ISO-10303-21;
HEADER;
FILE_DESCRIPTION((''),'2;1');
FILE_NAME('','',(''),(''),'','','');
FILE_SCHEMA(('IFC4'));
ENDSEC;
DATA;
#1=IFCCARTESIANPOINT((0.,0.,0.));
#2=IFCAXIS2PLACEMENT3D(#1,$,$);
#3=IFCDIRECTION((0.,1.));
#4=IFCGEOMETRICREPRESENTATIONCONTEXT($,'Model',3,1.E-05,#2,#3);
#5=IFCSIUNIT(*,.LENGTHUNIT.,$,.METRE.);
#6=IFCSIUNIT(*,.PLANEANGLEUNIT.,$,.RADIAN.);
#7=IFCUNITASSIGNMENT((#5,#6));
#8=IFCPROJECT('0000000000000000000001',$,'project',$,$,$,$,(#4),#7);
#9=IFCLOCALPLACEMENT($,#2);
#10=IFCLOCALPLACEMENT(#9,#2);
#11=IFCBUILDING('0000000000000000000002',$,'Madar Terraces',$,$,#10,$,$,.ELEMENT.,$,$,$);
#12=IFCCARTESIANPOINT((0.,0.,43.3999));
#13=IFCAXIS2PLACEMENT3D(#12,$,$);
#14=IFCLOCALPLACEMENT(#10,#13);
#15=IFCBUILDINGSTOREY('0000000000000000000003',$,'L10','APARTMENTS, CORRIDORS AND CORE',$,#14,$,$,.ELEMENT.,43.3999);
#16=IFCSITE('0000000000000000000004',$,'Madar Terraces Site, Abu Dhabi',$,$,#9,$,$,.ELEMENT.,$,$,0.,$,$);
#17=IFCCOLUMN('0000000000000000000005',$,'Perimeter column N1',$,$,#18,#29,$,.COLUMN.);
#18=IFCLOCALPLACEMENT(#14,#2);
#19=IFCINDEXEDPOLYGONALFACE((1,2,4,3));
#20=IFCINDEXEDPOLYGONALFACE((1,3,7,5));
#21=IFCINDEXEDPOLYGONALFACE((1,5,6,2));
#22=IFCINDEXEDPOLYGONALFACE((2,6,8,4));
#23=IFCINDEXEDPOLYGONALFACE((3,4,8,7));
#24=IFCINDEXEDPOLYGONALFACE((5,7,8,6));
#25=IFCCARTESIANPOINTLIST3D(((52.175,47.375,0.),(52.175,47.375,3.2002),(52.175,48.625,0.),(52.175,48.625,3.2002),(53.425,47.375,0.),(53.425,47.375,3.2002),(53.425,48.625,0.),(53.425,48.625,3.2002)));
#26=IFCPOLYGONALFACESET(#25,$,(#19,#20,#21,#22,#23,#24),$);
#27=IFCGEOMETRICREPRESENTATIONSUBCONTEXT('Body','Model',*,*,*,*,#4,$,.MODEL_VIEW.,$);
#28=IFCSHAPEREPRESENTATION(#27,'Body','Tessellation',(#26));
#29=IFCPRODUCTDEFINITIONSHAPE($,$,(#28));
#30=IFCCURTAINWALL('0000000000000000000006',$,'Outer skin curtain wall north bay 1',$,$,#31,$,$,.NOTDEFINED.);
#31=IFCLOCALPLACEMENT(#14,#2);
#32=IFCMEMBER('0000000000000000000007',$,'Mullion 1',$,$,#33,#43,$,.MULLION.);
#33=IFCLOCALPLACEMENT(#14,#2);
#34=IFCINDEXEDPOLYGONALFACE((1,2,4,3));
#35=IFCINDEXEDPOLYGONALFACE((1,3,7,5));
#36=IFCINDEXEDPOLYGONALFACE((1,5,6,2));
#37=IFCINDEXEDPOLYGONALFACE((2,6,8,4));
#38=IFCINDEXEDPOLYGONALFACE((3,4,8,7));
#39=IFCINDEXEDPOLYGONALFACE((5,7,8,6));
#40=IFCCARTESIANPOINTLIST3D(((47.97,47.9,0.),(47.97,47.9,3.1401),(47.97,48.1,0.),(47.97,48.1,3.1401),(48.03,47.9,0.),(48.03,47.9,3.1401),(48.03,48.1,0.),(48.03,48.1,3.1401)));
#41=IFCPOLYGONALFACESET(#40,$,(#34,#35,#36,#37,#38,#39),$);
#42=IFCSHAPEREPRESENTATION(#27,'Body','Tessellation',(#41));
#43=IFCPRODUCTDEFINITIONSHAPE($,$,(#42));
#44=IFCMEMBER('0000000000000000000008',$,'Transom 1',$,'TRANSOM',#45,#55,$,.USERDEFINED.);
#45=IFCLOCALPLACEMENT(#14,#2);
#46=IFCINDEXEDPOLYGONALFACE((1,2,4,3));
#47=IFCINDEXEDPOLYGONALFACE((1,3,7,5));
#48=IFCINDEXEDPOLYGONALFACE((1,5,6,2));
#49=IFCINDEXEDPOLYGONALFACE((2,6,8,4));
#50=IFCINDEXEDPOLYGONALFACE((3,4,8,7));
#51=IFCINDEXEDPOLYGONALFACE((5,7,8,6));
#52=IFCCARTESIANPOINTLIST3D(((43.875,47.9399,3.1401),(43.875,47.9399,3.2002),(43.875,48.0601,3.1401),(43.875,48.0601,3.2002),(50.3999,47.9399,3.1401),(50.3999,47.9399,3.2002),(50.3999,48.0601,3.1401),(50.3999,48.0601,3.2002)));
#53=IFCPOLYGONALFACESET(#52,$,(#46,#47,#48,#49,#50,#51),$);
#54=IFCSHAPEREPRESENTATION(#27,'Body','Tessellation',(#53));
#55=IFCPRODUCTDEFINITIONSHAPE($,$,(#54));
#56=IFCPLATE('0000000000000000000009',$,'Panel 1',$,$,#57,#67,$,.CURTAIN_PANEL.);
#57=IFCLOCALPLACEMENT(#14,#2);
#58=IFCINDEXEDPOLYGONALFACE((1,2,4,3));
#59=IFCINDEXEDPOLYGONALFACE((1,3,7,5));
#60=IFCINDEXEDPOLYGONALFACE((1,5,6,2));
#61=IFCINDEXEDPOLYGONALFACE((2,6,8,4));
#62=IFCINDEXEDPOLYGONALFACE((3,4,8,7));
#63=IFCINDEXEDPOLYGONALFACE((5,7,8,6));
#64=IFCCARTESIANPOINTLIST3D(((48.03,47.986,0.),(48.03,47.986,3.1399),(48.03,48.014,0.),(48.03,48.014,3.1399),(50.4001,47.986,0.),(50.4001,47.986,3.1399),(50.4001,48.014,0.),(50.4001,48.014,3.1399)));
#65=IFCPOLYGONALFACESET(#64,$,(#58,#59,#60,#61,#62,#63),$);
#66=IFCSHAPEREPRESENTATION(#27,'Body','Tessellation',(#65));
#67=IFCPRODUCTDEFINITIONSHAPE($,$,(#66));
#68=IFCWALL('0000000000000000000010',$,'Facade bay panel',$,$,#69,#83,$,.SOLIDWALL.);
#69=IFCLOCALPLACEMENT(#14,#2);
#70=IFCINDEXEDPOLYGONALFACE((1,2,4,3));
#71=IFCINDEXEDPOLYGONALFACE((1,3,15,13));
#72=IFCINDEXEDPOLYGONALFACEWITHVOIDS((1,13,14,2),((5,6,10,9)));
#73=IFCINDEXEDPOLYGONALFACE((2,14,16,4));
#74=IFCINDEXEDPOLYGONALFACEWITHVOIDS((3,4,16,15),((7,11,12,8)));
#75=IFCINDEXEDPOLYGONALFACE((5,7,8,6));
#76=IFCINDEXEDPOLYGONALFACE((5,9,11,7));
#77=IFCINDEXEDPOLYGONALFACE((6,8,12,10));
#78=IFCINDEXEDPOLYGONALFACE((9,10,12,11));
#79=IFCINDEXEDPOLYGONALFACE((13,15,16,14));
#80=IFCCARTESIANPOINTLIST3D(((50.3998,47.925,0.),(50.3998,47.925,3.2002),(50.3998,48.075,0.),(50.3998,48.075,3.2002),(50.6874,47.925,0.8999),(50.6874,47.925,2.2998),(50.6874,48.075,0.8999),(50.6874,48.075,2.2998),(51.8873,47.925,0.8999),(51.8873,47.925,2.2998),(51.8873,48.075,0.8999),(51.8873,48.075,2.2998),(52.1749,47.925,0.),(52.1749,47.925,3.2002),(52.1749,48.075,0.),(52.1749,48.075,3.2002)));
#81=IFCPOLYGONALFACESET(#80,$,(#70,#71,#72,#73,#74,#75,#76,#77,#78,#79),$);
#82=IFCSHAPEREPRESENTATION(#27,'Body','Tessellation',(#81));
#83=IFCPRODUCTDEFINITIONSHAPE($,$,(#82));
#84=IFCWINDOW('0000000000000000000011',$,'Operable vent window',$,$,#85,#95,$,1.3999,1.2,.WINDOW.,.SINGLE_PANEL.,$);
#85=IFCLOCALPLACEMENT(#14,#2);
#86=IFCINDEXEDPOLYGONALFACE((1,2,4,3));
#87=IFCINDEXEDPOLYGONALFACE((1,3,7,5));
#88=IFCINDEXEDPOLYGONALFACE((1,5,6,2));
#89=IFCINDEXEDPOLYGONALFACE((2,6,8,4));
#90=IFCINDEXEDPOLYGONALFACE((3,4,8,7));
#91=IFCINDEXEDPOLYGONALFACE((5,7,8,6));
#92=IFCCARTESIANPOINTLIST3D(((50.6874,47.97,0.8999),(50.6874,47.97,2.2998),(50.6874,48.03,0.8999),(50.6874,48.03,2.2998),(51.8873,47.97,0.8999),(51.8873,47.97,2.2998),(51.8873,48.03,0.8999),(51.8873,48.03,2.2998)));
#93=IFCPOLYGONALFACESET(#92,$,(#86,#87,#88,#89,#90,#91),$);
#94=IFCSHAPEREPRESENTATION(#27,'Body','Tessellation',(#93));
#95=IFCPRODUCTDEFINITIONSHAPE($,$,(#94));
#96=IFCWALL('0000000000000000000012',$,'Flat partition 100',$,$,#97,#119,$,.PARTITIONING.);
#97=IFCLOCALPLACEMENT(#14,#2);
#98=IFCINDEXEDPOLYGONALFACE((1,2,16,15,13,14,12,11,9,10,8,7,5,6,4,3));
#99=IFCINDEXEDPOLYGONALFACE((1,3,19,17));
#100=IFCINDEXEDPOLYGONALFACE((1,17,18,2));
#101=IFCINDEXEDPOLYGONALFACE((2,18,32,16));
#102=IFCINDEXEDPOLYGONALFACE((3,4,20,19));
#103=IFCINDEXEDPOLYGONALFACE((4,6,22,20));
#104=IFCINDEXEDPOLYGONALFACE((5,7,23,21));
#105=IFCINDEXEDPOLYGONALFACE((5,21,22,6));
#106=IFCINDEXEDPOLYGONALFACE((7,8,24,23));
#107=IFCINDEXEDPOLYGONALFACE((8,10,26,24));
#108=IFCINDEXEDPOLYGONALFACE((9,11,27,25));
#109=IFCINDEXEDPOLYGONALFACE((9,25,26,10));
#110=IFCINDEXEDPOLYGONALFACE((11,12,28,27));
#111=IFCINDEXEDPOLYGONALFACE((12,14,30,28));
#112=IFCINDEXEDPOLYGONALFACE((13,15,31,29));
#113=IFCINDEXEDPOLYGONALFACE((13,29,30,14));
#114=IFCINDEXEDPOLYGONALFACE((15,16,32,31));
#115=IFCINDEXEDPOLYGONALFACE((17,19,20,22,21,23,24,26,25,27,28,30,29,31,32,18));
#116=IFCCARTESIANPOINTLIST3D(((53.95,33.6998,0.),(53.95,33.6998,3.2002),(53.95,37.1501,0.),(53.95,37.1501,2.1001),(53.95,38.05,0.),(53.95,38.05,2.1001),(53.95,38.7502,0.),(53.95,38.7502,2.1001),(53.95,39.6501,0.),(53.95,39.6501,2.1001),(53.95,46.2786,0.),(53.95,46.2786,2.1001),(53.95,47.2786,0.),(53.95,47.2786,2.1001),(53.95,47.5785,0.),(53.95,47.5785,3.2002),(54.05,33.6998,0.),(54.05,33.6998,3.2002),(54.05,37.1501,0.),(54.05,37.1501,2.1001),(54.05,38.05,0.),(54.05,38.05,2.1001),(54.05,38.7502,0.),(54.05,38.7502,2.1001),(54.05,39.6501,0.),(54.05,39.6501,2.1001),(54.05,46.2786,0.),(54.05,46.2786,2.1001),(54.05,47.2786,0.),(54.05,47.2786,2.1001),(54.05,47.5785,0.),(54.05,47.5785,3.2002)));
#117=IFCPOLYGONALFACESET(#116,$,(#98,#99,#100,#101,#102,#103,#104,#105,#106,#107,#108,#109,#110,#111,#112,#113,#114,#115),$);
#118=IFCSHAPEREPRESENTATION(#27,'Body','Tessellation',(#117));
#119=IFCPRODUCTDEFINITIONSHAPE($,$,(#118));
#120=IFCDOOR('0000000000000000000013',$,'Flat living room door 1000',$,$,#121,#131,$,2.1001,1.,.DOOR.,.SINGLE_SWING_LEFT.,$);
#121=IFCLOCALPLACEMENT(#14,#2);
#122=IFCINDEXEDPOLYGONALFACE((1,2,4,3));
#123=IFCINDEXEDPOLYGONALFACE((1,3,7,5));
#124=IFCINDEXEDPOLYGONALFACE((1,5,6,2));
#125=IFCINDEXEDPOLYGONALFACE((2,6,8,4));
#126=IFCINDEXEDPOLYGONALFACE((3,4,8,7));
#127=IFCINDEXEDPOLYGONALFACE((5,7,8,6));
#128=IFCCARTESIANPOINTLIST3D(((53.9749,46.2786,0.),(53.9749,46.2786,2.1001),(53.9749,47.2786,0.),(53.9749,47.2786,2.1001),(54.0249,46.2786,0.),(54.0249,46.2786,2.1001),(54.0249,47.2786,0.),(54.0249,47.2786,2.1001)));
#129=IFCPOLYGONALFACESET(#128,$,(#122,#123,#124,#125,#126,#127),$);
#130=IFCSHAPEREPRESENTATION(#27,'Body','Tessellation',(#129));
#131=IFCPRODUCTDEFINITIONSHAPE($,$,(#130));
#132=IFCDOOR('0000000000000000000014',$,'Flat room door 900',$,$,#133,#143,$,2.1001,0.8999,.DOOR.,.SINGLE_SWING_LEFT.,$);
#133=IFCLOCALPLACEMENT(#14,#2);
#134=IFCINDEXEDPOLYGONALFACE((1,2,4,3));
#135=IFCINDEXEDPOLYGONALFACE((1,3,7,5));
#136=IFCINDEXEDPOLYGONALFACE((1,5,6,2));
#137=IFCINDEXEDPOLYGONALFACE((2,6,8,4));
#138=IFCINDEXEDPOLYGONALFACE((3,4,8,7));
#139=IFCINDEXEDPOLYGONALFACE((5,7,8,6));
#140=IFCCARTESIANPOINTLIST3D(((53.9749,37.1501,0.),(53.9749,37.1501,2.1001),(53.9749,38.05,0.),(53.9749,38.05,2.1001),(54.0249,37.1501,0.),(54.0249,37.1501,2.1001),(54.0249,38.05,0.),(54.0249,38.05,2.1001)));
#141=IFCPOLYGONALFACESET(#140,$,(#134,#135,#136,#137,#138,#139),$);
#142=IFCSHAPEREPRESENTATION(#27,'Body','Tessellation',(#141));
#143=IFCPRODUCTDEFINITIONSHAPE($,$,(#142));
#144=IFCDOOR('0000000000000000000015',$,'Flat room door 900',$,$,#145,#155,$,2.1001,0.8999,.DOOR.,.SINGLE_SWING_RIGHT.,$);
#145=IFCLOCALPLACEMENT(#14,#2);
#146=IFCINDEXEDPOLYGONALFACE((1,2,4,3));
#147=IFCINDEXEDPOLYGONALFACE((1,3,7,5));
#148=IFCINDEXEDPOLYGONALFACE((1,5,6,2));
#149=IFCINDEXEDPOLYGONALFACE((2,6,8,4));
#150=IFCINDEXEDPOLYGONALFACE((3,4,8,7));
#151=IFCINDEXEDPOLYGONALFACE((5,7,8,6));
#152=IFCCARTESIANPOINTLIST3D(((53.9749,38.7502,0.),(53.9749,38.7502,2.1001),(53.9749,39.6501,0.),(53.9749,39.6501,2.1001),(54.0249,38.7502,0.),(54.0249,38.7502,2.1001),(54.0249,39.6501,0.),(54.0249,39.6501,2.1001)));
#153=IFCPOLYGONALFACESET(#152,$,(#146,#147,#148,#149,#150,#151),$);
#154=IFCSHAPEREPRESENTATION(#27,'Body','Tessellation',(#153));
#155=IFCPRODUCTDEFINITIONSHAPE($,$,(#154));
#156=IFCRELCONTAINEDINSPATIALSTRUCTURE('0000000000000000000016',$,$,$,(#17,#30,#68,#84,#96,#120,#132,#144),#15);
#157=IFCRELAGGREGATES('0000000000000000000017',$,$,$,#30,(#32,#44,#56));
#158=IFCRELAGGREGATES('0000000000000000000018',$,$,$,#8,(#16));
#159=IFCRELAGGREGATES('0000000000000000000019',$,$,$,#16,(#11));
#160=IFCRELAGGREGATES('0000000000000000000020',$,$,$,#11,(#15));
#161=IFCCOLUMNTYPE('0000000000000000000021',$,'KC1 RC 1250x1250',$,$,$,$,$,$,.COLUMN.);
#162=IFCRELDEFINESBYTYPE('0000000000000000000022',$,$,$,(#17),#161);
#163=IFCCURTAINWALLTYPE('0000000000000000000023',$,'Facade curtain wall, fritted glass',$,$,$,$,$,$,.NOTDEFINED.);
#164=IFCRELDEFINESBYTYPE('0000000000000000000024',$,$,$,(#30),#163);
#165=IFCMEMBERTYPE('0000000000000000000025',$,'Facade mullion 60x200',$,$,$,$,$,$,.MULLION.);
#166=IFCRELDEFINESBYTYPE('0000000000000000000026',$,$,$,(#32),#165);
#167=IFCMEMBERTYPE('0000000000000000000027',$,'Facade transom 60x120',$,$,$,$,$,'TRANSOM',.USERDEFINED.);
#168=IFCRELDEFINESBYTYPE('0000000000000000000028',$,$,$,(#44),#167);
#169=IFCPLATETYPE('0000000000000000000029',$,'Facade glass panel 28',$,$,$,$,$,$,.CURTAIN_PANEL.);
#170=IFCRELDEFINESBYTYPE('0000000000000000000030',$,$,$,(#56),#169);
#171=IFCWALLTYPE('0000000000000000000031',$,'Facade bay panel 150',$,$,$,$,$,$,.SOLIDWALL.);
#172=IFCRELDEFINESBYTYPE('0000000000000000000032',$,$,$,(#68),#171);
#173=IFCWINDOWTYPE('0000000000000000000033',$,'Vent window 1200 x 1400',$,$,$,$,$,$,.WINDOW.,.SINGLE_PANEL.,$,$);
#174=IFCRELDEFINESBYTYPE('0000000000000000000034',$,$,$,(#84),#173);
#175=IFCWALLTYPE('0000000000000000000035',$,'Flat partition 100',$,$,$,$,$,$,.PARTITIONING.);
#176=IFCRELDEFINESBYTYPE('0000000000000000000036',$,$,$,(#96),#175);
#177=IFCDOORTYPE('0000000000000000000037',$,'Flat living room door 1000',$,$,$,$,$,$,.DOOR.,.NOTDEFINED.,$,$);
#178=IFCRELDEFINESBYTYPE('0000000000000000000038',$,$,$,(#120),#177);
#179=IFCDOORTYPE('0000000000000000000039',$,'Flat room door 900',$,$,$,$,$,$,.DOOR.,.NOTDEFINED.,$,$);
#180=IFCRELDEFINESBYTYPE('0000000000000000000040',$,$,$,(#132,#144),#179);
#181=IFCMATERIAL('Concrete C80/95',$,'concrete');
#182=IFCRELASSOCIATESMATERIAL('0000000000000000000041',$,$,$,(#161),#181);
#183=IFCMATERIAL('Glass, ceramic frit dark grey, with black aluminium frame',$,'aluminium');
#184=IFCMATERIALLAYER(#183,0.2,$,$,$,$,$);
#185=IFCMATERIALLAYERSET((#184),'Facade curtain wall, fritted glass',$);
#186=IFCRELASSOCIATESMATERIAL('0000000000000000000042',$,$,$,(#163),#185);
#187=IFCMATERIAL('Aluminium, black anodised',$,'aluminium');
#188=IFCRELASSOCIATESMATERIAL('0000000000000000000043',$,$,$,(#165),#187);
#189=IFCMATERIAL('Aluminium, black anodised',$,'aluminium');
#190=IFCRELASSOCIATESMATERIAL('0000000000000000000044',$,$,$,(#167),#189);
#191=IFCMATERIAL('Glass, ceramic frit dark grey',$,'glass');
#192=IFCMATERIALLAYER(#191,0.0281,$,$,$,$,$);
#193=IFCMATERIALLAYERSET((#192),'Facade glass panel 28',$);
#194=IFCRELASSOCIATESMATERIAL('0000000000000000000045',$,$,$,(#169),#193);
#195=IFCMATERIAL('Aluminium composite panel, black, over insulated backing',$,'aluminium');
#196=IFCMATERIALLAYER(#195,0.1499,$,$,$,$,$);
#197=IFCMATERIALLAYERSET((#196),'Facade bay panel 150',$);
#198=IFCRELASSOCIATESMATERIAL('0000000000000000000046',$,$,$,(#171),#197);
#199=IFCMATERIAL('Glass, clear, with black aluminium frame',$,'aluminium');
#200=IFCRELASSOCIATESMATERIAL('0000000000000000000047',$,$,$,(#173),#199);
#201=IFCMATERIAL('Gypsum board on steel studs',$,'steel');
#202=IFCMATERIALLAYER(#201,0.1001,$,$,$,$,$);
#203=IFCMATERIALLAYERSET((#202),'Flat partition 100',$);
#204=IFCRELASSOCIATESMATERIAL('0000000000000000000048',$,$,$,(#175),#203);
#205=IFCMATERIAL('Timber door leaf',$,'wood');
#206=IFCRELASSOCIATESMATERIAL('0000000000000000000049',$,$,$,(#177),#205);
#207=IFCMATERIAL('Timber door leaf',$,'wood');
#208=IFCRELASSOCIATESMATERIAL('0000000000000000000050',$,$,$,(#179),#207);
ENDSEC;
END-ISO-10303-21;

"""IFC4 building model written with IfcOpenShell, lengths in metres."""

from ifc_helpers import new_model, si_unit, direction, frame, frame_2d, origin, origin_2d, place, context, subcontext, project, spatial, rectangle, extrude, material, layer, layer_set, material_profile, profile_set, type_object, element, fill, aggregate, save


model = new_model("IFC4")

# Units and contexts
model_context = context("Model", 3, precision=1e-05, world=origin(), true_north=direction((0.0, 1.0)))
body_context = subcontext(model_context, "Body", "Model", "MODEL_VIEW")
ifc_project = project(units=[si_unit("LENGTHUNIT", "METRE"), si_unit("PLANEANGLEUNIT", "RADIAN")], contexts=[model_context])

# Site, building, storey
site_placement = place(None, origin())
site = spatial("IfcSite", under=ifc_project, at=site_placement, Name="Madar Terraces Site, Abu Dhabi", CompositionType="ELEMENT", RefElevation=0.0)
building_placement = place(site_placement, origin())
building = spatial("IfcBuilding", under=site, at=building_placement, Name="Madar Terraces", CompositionType="ELEMENT")
storey_placement = place(building_placement, frame((0.0, 0.0, 43.3999)))
storey = spatial("IfcBuildingStorey", under=building, at=storey_placement, Name="L10", Description="APARTMENTS, CORRIDORS AND CORE", CompositionType="ELEMENT", Elevation=43.3999)

# Column
ifc_material_1 = material(Name="Concrete C80/95", Category="concrete")
ifc_material_profile_1 = material_profile(ifc_material_1, rectangle(XDim=1.25, YDim=1.25, at=origin_2d()), Name="KC1 RC 1250x1250")
ifc_profile_set_1 = profile_set([ifc_material_profile_1], Name="Concrete C80/95")
column_type = type_object("IfcColumnType", Name="KC1 RC 1250x1250", PredefinedType="COLUMN", material=ifc_profile_set_1)
column_placement = place(storey_placement, frame((52.8, 48.0, 0.0), z_axis=(0.0, 0.0, 1.0), x_axis=(1.0, 0.0, 0.0)))
element("IfcColumn", 1, at=column_placement, inside=storey, type_object=column_type, Name="Perimeter column N1", PredefinedType="COLUMN", context=body_context, shape_type="SweptSolid", body=[
    extrude(rectangle(XDim=1.25, YDim=1.25, at=origin_2d()), origin(), (0.0, 0.0, 1.0), 3.2002),
])

# Curtain wall, members, plate
ifc_material_2 = material(Name="Glass, ceramic frit dark grey, with black aluminium frame", Category="aluminium")
ifc_layer_1 = layer(ifc_material_2, 0.2)
ifc_layer_set_1 = layer_set([ifc_layer_1], Name="Facade curtain wall, fritted glass")
curtain_wall_type = type_object("IfcCurtainWallType", Name="Facade curtain wall, fritted glass", PredefinedType="NOTDEFINED", material=ifc_layer_set_1)
curtain_wall_placement = place(storey_placement, origin())
curtain_wall = element("IfcCurtainWall", 2, at=curtain_wall_placement, inside=storey, type_object=curtain_wall_type, Name="Outer skin curtain wall north bay 1", PredefinedType="NOTDEFINED")
ifc_material_3 = material(Name="Aluminium, black anodised", Category="aluminium")
ifc_material_profile_2 = material_profile(ifc_material_3, rectangle(XDim=0.2, YDim=0.0601, at=origin_2d()), Name="Facade mullion 60x200")
ifc_profile_set_2 = profile_set([ifc_material_profile_2], Name="Aluminium, black anodised")
member_type_1 = type_object("IfcMemberType", Name="Facade mullion 60x200", PredefinedType="MULLION", material=ifc_profile_set_2)
member_1_placement = place(storey_placement, frame((48.0, 48.0, 0.0), z_axis=(0.0, 0.0, 1.0), x_axis=(0.0, -1.0, 0.0)))
member_1 = element("IfcMember", 3, at=member_1_placement, type_object=member_type_1, Name="Mullion 1", PredefinedType="MULLION", context=body_context, shape_type="SweptSolid", body=[
    extrude(rectangle(XDim=0.2, YDim=0.0601, at=origin_2d()), origin(), (0.0, 0.0, 1.0), 3.1401),
])
ifc_material_4 = material(Name="Aluminium, black anodised", Category="aluminium")
ifc_material_profile_3 = material_profile(ifc_material_4, rectangle(XDim=0.1201, YDim=0.0601, at=origin_2d()), Name="Facade transom 60x120")
ifc_profile_set_3 = profile_set([ifc_material_profile_3], Name="Aluminium, black anodised")
member_type_2 = type_object("IfcMemberType", Name="Facade transom 60x120", ElementType="TRANSOM", PredefinedType="USERDEFINED", material=ifc_profile_set_3)
member_2_placement = place(storey_placement, frame((50.3999, 48.0, 3.1702), z_axis=(-1.0, 0.0, 0.0), x_axis=(0.0, -1.0, 0.0)))
member_2 = element("IfcMember", 4, at=member_2_placement, type_object=member_type_2, Name="Transom 1", ObjectType="TRANSOM", PredefinedType="USERDEFINED", context=body_context, shape_type="SweptSolid", body=[
    extrude(rectangle(XDim=0.1201, YDim=0.0601, at=origin_2d()), origin(), (0.0, 0.0, 1.0), 6.5249),
])
ifc_material_5 = material(Name="Glass, ceramic frit dark grey", Category="glass")
ifc_layer_2 = layer(ifc_material_5, 0.0281)
ifc_layer_set_2 = layer_set([ifc_layer_2], Name="Facade glass panel 28")
plate_type = type_object("IfcPlateType", Name="Facade glass panel 28", PredefinedType="CURTAIN_PANEL", material=ifc_layer_set_2)
plate_placement = place(storey_placement, frame((49.2151, 48.0, 0.0), z_axis=(0.0, 0.0, 1.0), x_axis=(-1.0, 0.0, 0.0)))
plate = element("IfcPlate", 5, at=plate_placement, type_object=plate_type, Name="Panel 1", PredefinedType="CURTAIN_PANEL", context=body_context, shape_type="SweptSolid", body=[
    extrude(rectangle(XDim=2.3701, YDim=0.0281, at=origin_2d()), origin(), (0.0, 0.0, 1.0), 3.1399),
])
aggregate(curtain_wall, [member_1, member_2, plate])

# Wall, opening, window
ifc_material_6 = material(Name="Aluminium composite panel, black, over insulated backing", Category="aluminium")
ifc_layer_3 = layer(ifc_material_6, 0.1499)
ifc_layer_set_3 = layer_set([ifc_layer_3], Name="Facade bay panel 150")
wall_type_1 = type_object("IfcWallType", Name="Facade bay panel 150", PredefinedType="SOLIDWALL", material=ifc_layer_set_3)
wall_1_placement = place(storey_placement, frame((52.175, 48.0, 0.0), z_axis=(0.0, 0.0, 1.0), x_axis=(-1.0, 0.0, 0.0)))
wall_1 = element("IfcWall", 6, at=wall_1_placement, inside=storey, type_object=wall_type_1, Name="Facade bay panel", PredefinedType="SOLIDWALL", context=body_context, shape_type="SweptSolid", body=[
    extrude(rectangle(XDim=1.7751, YDim=0.1499, at=frame_2d((0.8877, 0.0))), origin(), (0.0, 0.0, 1.0), 3.2002),
])
opening_1_placement = place(wall_1_placement, frame((0.2876, 0.0, 0.8999)))
opening_1 = element("IfcOpeningElement", 7, at=opening_1_placement, cuts=wall_1, PredefinedType="OPENING", context=body_context, shape_type="SweptSolid", body=[
    extrude(rectangle(XDim=1.2, YDim=1.3999, at=frame_2d((0.6001, 0.7))), frame((0.0, 0.085, 0.0), z_axis=(0.0, -1.0, 0.0), x_axis=(1.0, 0.0, 0.0)), (0.0, 0.0, 1.0), 0.1699),
])
ifc_material_7 = material(Name="Glass, clear, with black aluminium frame", Category="aluminium")
window_type = type_object("IfcWindowType", Name="Vent window 1200 x 1400", PartitioningType="SINGLE_PANEL", PredefinedType="WINDOW", material=ifc_material_7)
window_placement = place(opening_1_placement, origin())
window = element("IfcWindow", 8, at=window_placement, inside=storey, type_object=window_type, Name="Operable vent window", OverallHeight=1.3999, OverallWidth=1.2, PartitioningType="SINGLE_PANEL", PredefinedType="WINDOW", context=body_context, shape_type="SweptSolid", body=[
    extrude(rectangle(XDim=1.2, YDim=1.3999, at=frame_2d((0.6001, 0.7))), frame((0.0, 0.03, 0.0), z_axis=(0.0, -1.0, 0.0), x_axis=(1.0, 0.0, 0.0)), (0.0, 0.0, 1.0), 0.0601),
])
fill(opening_1, window)

# Wall, openings, doors
ifc_material_8 = material(Name="Gypsum board on steel studs", Category="steel")
ifc_layer_4 = layer(ifc_material_8, 0.1001)
ifc_layer_set_4 = layer_set([ifc_layer_4], Name="Flat partition 100")
wall_type_2 = type_object("IfcWallType", Name="Flat partition 100", PredefinedType="PARTITIONING", material=ifc_layer_set_4)
wall_2_placement = place(storey_placement, frame((54.0, 47.5786, 0.0), z_axis=(0.0, 0.0, 1.0), x_axis=(0.0, -1.0, 0.0)))
wall_2 = element("IfcWall", 9, at=wall_2_placement, inside=storey, type_object=wall_type_2, Name="Flat partition 100", PredefinedType="PARTITIONING", context=body_context, shape_type="SweptSolid", body=[
    extrude(rectangle(XDim=13.8787, YDim=0.1001, at=frame_2d((6.9395, 0.0))), origin(), (0.0, 0.0, 1.0), 3.2002),
])
opening_2_placement = place(wall_2_placement, frame((9.5286, 0.0, 0.0)))
opening_2 = element("IfcOpeningElement", 10, at=opening_2_placement, cuts=wall_2, PredefinedType="OPENING", context=body_context, shape_type="SweptSolid", body=[
    extrude(rectangle(XDim=0.8999, YDim=2.1001, at=frame_2d((0.45, 1.05))), frame((0.0, 0.0601, 0.0), z_axis=(0.0, -1.0, 0.0), x_axis=(1.0, 0.0, 0.0)), (0.0, 0.0, 1.0), 0.1201),
])
opening_3_placement = place(wall_2_placement, frame((7.9285, 0.0, 0.0)))
opening_3 = element("IfcOpeningElement", 11, at=opening_3_placement, cuts=wall_2, PredefinedType="OPENING", context=body_context, shape_type="SweptSolid", body=[
    extrude(rectangle(XDim=0.8999, YDim=2.1001, at=frame_2d((0.45, 1.05))), frame((0.0, 0.0601, 0.0), z_axis=(0.0, -1.0, 0.0), x_axis=(1.0, 0.0, 0.0)), (0.0, 0.0, 1.0), 0.1201),
])
opening_4_placement = place(wall_2_placement, frame((0.3, 0.0, 0.0)))
opening_4 = element("IfcOpeningElement", 12, at=opening_4_placement, cuts=wall_2, PredefinedType="OPENING", context=body_context, shape_type="SweptSolid", body=[
    extrude(rectangle(XDim=1.0, YDim=2.1001, at=frame_2d((0.5, 1.05))), frame((0.0, 0.0601, 0.0), z_axis=(0.0, -1.0, 0.0), x_axis=(1.0, 0.0, 0.0)), (0.0, 0.0, 1.0), 0.1201),
])
ifc_material_9 = material(Name="Timber door leaf", Category="wood")
door_type_1 = type_object("IfcDoorType", Name="Flat living room door 1000", OperationType="NOTDEFINED", PredefinedType="DOOR", material=ifc_material_9)
door_1_placement = place(opening_4_placement, origin())
door_1 = element("IfcDoor", 13, at=door_1_placement, inside=storey, type_object=door_type_1, Name="Flat living room door 1000", OperationType="SINGLE_SWING_LEFT", OverallHeight=2.1001, OverallWidth=1.0, PredefinedType="DOOR", context=body_context, shape_type="SweptSolid", body=[
    extrude(rectangle(XDim=1.0, YDim=2.1001, at=frame_2d((0.5, 1.05))), frame((0.0, 0.0249, 0.0), z_axis=(0.0, -1.0, 0.0), x_axis=(1.0, 0.0, 0.0)), (0.0, 0.0, 1.0), 0.05),
])
fill(opening_4, door_1)
ifc_material_10 = material(Name="Timber door leaf", Category="wood")
door_type_2 = type_object("IfcDoorType", Name="Flat room door 900", OperationType="NOTDEFINED", PredefinedType="DOOR", material=ifc_material_10)
door_2_placement = place(opening_2_placement, origin())
door_2 = element("IfcDoor", 14, at=door_2_placement, inside=storey, type_object=door_type_2, Name="Flat room door 900", OperationType="SINGLE_SWING_LEFT", OverallHeight=2.1001, OverallWidth=0.8999, PredefinedType="DOOR", context=body_context, shape_type="SweptSolid", body=[
    extrude(rectangle(XDim=0.8999, YDim=2.1001, at=frame_2d((0.45, 1.05))), frame((0.0, 0.0249, 0.0), z_axis=(0.0, -1.0, 0.0), x_axis=(1.0, 0.0, 0.0)), (0.0, 0.0, 1.0), 0.05),
])
fill(opening_2, door_2)
door_3_placement = place(opening_3_placement, origin())
door_3 = element("IfcDoor", 15, at=door_3_placement, inside=storey, type_object=door_type_2, Name="Flat room door 900", OperationType="SINGLE_SWING_RIGHT", OverallHeight=2.1001, OverallWidth=0.8999, PredefinedType="DOOR", context=body_context, shape_type="SweptSolid", body=[
    extrude(rectangle(XDim=0.8999, YDim=2.1001, at=frame_2d((0.45, 1.05))), frame((0.0, 0.0249, 0.0), z_axis=(0.0, -1.0, 0.0), x_axis=(1.0, 0.0, 0.0)), (0.0, 0.0, 1.0), 0.05),
])
fill(opening_3, door_3)

save(model, "model.ifc")
